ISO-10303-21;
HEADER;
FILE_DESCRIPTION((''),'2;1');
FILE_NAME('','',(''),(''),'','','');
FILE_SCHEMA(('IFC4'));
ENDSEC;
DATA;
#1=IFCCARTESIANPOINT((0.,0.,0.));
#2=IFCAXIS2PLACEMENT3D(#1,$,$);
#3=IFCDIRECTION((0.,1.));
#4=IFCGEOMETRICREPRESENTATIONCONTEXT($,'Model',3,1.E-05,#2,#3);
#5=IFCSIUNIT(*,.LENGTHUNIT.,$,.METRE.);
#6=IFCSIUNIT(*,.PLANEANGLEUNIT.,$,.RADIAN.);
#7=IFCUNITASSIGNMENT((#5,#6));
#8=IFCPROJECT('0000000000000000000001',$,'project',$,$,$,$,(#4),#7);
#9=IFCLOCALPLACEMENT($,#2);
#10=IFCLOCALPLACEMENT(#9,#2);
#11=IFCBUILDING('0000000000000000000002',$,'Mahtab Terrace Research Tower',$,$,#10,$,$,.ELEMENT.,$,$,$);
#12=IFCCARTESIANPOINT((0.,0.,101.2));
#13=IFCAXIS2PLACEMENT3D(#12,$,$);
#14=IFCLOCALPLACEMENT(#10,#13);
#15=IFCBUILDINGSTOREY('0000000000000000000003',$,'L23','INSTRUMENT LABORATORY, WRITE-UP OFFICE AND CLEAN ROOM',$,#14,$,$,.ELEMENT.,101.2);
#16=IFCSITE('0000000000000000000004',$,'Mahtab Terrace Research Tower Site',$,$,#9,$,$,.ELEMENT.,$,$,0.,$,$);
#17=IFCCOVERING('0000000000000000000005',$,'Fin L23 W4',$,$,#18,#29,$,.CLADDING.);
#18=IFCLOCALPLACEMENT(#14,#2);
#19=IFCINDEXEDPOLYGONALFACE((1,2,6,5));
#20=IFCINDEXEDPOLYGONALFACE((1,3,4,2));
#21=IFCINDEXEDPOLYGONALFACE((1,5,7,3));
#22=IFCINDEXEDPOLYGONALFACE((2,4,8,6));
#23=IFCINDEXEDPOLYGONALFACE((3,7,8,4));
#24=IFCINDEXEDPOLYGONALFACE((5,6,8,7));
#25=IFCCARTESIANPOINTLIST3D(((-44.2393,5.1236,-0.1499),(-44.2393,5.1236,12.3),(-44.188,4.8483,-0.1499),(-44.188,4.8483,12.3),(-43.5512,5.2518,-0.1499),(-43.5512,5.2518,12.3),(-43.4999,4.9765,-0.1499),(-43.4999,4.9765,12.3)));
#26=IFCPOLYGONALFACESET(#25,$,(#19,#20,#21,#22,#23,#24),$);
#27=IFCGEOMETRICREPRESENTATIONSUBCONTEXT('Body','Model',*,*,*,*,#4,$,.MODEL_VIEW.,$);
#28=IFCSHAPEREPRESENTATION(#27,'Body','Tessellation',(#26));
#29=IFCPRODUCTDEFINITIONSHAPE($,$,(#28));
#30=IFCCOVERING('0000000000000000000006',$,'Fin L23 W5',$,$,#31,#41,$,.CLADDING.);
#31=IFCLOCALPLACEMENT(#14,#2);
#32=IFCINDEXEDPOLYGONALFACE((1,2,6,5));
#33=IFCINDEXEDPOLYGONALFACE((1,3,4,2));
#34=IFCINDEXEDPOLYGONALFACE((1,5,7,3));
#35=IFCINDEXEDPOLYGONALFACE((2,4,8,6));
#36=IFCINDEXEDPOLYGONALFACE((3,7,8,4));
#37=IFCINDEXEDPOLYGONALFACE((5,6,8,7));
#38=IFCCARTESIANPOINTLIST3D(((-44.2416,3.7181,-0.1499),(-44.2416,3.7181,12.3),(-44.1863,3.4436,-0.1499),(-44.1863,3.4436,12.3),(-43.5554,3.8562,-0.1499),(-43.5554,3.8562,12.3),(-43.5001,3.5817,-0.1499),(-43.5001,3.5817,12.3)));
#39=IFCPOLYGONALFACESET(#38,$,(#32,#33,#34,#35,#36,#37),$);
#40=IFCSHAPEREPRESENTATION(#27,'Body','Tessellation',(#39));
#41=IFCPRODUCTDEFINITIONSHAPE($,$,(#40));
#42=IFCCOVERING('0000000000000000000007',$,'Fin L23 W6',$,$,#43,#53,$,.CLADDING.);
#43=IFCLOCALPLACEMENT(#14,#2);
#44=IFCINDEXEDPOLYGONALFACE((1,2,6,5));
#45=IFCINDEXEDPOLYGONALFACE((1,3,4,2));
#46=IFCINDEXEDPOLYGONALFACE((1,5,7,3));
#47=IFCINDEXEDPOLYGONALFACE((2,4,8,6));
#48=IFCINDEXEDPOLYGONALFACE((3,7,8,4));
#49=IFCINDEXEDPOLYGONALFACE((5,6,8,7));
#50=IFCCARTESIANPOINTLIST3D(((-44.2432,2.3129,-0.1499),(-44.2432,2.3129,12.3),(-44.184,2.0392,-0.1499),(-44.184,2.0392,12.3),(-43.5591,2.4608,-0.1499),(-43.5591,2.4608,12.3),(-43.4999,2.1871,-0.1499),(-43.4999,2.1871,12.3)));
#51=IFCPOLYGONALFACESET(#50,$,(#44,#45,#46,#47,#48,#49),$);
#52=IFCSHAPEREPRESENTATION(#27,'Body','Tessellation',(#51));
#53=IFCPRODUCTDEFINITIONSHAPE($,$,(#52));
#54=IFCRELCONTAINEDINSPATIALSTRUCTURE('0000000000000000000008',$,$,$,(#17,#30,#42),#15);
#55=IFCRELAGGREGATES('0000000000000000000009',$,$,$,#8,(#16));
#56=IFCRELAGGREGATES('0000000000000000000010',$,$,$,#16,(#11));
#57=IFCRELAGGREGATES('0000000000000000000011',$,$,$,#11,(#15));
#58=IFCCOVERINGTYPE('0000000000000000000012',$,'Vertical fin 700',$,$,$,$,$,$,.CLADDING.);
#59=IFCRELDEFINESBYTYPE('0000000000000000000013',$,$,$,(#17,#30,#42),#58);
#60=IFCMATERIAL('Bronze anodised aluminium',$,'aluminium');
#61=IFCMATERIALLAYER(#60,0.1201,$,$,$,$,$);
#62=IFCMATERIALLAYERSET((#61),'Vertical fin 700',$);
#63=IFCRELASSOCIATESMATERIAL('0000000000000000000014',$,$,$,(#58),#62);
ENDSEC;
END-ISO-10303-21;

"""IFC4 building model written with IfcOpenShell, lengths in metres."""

from ifc_helpers import new_model, si_unit, direction, frame, origin, origin_2d, place, context, subcontext, project, spatial, rectangle, extrude, material, layer, layer_set, type_object, element, save


model = new_model("IFC4")

# Units and contexts
model_context = context("Model", 3, precision=1e-05, world=origin(), true_north=direction((0.0, 1.0)))
body_context = subcontext(model_context, "Body", "Model", "MODEL_VIEW")
ifc_project = project(units=[si_unit("LENGTHUNIT", "METRE"), si_unit("PLANEANGLEUNIT", "RADIAN")], contexts=[model_context])

# Site, building, storey
site_placement = place(None, origin())
site = spatial("IfcSite", under=ifc_project, at=site_placement, Name="Mahtab Terrace Research Tower Site", CompositionType="ELEMENT", RefElevation=0.0)
building_placement = place(site_placement, origin())
building = spatial("IfcBuilding", under=site, at=building_placement, Name="Mahtab Terrace Research Tower", CompositionType="ELEMENT")
storey_placement = place(building_placement, frame((0.0, 0.0, 101.2)))
storey = spatial("IfcBuildingStorey", under=building, at=storey_placement, Name="L23", Description="INSTRUMENT LABORATORY, WRITE-UP OFFICE AND CLEAN ROOM", CompositionType="ELEMENT", Elevation=101.2)

# Coverings
ifc_material_1 = material(Name="Bronze anodised aluminium", Category="aluminium")
ifc_layer_1 = layer(ifc_material_1, 0.1201)
ifc_layer_set_1 = layer_set([ifc_layer_1], Name="Vertical fin 700")
covering_type = type_object("IfcCoveringType", Name="Vertical fin 700", PredefinedType="CLADDING", material=ifc_layer_set_1)
for number, where, z_axis, x_axis, name in (
    (1, (-43.8696, 5.05, -0.1499), (0.0, 0.0, 1.0), (0.183245, -0.983067, 0.0), "Fin L23 W4"),
    (2, (-43.8708, 3.6499, -0.1499), (0.0, 0.0, 1.0), (0.197355, -0.980332, 0.0), "Fin L23 W5"),
    (3, (-43.8716, 2.25, -0.1499), (0.0, 0.0, 1.0), (0.211425, -0.977394, 0.0), "Fin L23 W6"),
):
    element("IfcCovering", number, at=place(storey_placement, frame(where, z_axis=z_axis, x_axis=x_axis)), inside=storey, type_object=covering_type, Name=name, PredefinedType="CLADDING", context=body_context, shape_type="SweptSolid", body=[
        extrude(rectangle(XDim=0.28, YDim=0.7, at=origin_2d()), origin(), (0.0, 0.0, 1.0), 12.45),
    ])

save(model, "model.ifc")
